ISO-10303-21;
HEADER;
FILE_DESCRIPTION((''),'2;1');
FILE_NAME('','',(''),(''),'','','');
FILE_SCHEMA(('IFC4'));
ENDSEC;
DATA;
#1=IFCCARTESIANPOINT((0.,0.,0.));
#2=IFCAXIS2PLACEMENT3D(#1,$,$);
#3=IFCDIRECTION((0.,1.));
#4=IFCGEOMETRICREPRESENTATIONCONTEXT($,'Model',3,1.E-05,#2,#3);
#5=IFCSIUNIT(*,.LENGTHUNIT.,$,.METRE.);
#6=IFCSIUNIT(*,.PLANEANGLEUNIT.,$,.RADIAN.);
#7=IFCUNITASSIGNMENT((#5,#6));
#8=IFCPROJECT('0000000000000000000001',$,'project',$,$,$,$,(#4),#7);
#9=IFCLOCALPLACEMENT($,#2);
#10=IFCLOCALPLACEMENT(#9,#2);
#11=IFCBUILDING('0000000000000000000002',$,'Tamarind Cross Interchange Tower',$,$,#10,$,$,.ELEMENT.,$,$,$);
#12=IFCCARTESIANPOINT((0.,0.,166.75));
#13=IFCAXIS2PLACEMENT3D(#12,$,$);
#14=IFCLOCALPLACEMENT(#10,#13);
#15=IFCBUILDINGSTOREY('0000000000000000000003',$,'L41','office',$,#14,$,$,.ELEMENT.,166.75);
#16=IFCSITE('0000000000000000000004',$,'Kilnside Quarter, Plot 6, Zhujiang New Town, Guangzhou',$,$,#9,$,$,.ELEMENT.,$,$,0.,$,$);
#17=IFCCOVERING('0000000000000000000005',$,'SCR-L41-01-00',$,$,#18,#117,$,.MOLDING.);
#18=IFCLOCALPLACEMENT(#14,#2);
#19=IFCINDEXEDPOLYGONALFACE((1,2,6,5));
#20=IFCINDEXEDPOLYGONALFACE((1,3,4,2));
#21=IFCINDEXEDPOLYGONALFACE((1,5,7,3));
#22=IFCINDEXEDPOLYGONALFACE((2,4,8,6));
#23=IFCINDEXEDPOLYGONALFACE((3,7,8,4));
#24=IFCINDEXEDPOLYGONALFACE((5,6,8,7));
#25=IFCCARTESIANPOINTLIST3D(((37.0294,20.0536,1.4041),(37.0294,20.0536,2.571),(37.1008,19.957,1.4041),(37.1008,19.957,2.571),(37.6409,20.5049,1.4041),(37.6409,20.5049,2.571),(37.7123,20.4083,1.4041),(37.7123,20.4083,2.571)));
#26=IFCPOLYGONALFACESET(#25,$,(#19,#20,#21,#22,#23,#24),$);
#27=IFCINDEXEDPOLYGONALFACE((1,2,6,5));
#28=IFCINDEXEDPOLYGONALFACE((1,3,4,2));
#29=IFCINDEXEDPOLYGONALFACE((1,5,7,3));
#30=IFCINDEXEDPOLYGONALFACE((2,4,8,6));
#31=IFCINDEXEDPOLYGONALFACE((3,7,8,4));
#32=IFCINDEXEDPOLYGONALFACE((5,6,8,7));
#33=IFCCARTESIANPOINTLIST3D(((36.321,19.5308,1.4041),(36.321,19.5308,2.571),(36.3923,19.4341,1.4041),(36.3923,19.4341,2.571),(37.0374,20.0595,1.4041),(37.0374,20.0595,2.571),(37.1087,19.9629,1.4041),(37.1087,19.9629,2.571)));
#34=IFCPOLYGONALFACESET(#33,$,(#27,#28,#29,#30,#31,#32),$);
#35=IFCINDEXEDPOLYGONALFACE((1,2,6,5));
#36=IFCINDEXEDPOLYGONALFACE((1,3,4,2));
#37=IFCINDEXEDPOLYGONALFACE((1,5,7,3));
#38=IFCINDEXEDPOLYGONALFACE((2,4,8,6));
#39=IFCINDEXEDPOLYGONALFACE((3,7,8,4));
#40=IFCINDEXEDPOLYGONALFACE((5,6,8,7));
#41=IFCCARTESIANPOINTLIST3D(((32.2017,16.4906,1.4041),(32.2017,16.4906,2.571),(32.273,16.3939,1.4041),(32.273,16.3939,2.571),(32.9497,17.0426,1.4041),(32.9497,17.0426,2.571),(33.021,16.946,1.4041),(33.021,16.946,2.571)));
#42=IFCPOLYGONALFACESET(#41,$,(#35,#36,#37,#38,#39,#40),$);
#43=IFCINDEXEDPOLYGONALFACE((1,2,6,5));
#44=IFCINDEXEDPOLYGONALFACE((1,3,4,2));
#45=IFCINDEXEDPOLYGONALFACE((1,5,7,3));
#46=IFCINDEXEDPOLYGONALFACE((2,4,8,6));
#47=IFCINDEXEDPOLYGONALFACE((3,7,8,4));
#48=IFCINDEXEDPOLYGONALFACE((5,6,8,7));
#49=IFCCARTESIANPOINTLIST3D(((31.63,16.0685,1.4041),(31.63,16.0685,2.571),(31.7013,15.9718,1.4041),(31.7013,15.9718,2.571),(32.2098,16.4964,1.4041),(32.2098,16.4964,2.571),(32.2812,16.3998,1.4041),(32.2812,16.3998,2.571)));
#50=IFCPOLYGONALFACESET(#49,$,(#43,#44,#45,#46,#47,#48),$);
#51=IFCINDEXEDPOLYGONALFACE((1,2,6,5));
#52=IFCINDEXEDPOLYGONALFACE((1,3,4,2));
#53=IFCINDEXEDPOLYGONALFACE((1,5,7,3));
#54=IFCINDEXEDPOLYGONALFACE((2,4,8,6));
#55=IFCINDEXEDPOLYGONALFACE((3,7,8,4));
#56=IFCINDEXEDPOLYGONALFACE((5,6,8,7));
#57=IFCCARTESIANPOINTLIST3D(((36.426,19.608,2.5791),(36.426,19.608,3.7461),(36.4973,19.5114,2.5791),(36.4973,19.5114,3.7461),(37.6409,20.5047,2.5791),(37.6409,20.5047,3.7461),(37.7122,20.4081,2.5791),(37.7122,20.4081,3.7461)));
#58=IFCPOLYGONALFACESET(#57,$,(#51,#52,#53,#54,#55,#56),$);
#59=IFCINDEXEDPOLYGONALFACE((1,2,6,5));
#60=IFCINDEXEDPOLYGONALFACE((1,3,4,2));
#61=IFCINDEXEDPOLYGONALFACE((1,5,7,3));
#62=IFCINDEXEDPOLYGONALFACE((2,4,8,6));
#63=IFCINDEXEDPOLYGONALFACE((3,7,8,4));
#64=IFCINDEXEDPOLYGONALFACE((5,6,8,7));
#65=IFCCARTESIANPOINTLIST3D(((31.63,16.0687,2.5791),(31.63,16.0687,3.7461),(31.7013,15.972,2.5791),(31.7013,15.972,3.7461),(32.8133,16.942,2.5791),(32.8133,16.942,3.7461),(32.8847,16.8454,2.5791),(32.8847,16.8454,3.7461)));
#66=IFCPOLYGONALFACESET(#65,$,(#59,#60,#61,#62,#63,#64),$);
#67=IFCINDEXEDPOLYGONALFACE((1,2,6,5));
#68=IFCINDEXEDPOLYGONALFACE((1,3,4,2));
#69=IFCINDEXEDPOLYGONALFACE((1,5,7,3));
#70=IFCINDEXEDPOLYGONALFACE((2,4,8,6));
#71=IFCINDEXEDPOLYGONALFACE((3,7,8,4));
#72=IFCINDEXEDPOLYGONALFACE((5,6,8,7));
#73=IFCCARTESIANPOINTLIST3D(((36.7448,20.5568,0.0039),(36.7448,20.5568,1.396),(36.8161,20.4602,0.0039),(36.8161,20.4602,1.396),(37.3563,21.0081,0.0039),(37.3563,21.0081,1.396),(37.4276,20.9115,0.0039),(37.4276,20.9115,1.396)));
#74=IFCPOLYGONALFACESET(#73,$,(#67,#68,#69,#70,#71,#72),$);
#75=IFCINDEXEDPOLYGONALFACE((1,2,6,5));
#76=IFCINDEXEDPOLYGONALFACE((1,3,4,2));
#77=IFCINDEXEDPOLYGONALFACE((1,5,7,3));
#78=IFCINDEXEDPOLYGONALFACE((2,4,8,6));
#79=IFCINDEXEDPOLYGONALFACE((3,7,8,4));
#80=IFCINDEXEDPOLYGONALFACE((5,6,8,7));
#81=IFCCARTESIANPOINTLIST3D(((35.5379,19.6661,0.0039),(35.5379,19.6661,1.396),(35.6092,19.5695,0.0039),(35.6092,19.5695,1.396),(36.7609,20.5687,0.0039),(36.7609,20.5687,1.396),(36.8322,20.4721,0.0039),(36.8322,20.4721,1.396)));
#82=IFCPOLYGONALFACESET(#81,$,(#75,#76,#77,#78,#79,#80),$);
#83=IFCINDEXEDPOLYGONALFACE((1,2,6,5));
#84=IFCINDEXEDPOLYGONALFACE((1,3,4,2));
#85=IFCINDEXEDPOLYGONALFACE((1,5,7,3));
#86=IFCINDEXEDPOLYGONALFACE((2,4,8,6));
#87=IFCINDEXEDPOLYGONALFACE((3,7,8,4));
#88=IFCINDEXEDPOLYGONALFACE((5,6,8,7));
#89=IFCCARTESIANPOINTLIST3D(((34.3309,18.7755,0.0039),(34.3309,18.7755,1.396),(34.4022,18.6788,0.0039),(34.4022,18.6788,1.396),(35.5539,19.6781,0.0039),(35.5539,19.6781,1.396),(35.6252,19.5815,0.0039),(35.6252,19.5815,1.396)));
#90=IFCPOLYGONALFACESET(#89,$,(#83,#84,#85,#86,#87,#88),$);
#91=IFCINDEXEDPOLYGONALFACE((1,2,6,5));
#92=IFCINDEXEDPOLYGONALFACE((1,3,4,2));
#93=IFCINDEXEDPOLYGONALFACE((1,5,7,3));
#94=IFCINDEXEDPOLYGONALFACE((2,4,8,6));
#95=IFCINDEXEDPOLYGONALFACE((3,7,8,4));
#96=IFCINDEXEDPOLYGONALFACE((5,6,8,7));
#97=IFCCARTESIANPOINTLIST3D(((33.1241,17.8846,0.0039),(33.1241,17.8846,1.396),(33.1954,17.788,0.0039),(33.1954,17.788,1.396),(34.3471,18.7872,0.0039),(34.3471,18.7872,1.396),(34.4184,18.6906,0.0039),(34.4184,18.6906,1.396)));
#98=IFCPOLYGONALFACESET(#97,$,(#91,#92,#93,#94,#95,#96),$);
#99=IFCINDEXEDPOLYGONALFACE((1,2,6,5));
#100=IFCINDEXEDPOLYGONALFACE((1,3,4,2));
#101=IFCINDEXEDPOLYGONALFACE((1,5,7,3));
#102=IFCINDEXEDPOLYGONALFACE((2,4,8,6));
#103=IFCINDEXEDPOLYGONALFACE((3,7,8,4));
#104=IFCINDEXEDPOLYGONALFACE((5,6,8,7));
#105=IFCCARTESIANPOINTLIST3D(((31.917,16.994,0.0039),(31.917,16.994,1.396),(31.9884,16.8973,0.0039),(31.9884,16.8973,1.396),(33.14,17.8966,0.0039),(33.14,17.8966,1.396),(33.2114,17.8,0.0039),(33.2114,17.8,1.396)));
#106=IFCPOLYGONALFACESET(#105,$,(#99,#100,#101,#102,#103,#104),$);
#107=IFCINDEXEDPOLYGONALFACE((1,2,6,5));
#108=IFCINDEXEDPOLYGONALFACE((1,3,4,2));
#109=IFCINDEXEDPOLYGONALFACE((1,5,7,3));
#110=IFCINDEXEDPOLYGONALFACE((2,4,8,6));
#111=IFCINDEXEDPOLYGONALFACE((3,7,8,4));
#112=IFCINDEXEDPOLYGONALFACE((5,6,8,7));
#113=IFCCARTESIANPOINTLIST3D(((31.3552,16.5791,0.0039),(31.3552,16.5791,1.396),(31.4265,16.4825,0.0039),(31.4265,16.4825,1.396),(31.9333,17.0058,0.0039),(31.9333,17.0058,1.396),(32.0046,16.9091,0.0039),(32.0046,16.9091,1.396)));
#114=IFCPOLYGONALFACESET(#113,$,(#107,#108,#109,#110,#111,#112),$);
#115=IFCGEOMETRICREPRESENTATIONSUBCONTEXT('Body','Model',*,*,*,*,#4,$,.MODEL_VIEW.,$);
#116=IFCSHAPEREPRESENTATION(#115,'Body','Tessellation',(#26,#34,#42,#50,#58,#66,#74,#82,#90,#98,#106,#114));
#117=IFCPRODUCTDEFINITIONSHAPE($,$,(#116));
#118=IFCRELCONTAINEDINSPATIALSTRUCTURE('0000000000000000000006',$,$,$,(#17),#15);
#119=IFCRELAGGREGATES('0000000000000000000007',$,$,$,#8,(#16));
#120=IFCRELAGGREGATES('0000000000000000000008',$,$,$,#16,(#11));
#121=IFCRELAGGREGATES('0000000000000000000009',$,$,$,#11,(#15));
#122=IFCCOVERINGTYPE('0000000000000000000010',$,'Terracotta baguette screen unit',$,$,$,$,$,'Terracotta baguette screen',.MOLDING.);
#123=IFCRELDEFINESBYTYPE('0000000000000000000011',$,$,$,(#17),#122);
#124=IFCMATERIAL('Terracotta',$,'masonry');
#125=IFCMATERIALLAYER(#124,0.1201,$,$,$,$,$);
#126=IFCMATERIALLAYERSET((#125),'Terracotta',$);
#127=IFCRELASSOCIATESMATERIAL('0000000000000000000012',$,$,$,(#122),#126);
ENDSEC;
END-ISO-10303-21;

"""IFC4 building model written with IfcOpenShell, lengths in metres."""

from ifc_helpers import new_model, si_unit, direction, frame, origin, origin_2d, place, context, subcontext, project, spatial, rectangle, extrude, material, layer, layer_set, type_object, element, save


model = new_model("IFC4")

# Units and contexts
model_context = context("Model", 3, precision=1e-05, world=origin(), true_north=direction((0.0, 1.0)))
body_context = subcontext(model_context, "Body", "Model", "MODEL_VIEW")
ifc_project = project(units=[si_unit("LENGTHUNIT", "METRE"), si_unit("PLANEANGLEUNIT", "RADIAN")], contexts=[model_context])

# Site, building, storey
site_placement = place(None, origin())
site = spatial("IfcSite", under=ifc_project, at=site_placement, Name="Kilnside Quarter, Plot 6, Zhujiang New Town, Guangzhou", CompositionType="ELEMENT", RefElevation=0.0)
building_placement = place(site_placement, origin())
building = spatial("IfcBuilding", under=site, at=building_placement, Name="Tamarind Cross Interchange Tower", CompositionType="ELEMENT")
storey_placement = place(building_placement, frame((0.0, 0.0, 166.75)))
storey = spatial("IfcBuildingStorey", under=building, at=storey_placement, Name="L41", Description="office", CompositionType="ELEMENT", Elevation=166.75)

# Covering
ifc_material_1 = material(Name="Terracotta", Category="masonry")
ifc_layer_1 = layer(ifc_material_1, 0.1201)
ifc_layer_set_1 = layer_set([ifc_layer_1], Name="Terracotta")
covering_type = type_object("IfcCoveringType", Name="Terracotta baguette screen unit", ElementType="Terracotta baguette screen", PredefinedType="MOLDING", material=ifc_layer_set_1)
covering_1_placement = place(storey_placement, origin())
element("IfcCovering", 1, at=covering_1_placement, inside=storey, type_object=covering_type, Name="SCR-L41-01-00", PredefinedType="MOLDING", context=body_context, shape_type="SweptSolid", body=[
    extrude(rectangle(XDim=0.76, YDim=0.1201, at=origin_2d()), frame((37.3708, 20.231, 1.4041), z_axis=(0.0, 0.0, 1.0), x_axis=(-0.804598, -0.593819, 0.0)), (0.0, 0.0, 1.0), 1.167),
    extrude(rectangle(XDim=0.8904, YDim=0.1201, at=origin_2d()), frame((36.7148, 19.7468, 1.4041), z_axis=(0.0, 0.0, 1.0), x_axis=(-0.804598, -0.593819, 0.0)), (0.0, 0.0, 1.0), 1.167),
    extrude(rectangle(XDim=0.9297, YDim=0.1201, at=origin_2d()), frame((32.6113, 16.7183, 1.4041), z_axis=(0.0, 0.0, 1.0), x_axis=(-0.804598, -0.593819, 0.0)), (0.0, 0.0, 1.0), 1.167),
    extrude(rectangle(XDim=0.7207, YDim=0.1201, at=origin_2d()), frame((31.9556, 16.2341, 1.4041), z_axis=(0.0, 0.0, 1.0), x_axis=(-0.804598, -0.593819, 0.0)), (0.0, 0.0, 1.0), 1.167),
    extrude(rectangle(XDim=1.51, YDim=0.1201, at=origin_2d()), frame((37.0691, 20.0081, 2.5791), z_axis=(0.0, 0.0, 1.0), x_axis=(-0.804598, -0.593819, 0.0)), (0.0, 0.0, 1.0), 1.167),
    extrude(rectangle(XDim=1.4707, YDim=0.1201, at=origin_2d()), frame((32.2573, 16.457, 2.5791), z_axis=(0.0, 0.0, 1.0), x_axis=(-0.804598, -0.593819, 0.0)), (0.0, 0.0, 1.0), 1.167),
    extrude(rectangle(XDim=0.76, YDim=0.1201, at=origin_2d()), frame((37.0862, 20.7341, 0.0039), z_axis=(0.0, 0.0, 1.0), x_axis=(-0.804598, -0.593819, 0.0)), (0.0, 0.0, 1.0), 1.3921),
    extrude(rectangle(XDim=1.52, YDim=0.1201, at=origin_2d()), frame((36.1851, 20.0691, 0.0039), z_axis=(0.0, 0.0, 1.0), x_axis=(-0.804598, -0.593819, 0.0)), (0.0, 0.0, 1.0), 1.3921),
    extrude(rectangle(XDim=1.52, YDim=0.1201, at=origin_2d()), frame((34.978, 19.1785, 0.0039), z_axis=(0.0, 0.0, 1.0), x_axis=(-0.804598, -0.593819, 0.0)), (0.0, 0.0, 1.0), 1.3921),
    extrude(rectangle(XDim=1.52, YDim=0.1201, at=origin_2d()), frame((33.7712, 18.2876, 0.0039), z_axis=(0.0, 0.0, 1.0), x_axis=(-0.804598, -0.593819, 0.0)), (0.0, 0.0, 1.0), 1.3921),
    extrude(rectangle(XDim=1.52, YDim=0.1201, at=origin_2d()), frame((32.5642, 17.397, 0.0039), z_axis=(0.0, 0.0, 1.0), x_axis=(-0.804598, -0.593819, 0.0)), (0.0, 0.0, 1.0), 1.3921),
    extrude(rectangle(XDim=0.7185, YDim=0.1201, at=origin_2d()), frame((31.6799, 16.7441, 0.0039), z_axis=(0.0, 0.0, 1.0), x_axis=(-0.804598, -0.593819, 0.0)), (0.0, 0.0, 1.0), 1.3921),
])

save(model, "model.ifc")
